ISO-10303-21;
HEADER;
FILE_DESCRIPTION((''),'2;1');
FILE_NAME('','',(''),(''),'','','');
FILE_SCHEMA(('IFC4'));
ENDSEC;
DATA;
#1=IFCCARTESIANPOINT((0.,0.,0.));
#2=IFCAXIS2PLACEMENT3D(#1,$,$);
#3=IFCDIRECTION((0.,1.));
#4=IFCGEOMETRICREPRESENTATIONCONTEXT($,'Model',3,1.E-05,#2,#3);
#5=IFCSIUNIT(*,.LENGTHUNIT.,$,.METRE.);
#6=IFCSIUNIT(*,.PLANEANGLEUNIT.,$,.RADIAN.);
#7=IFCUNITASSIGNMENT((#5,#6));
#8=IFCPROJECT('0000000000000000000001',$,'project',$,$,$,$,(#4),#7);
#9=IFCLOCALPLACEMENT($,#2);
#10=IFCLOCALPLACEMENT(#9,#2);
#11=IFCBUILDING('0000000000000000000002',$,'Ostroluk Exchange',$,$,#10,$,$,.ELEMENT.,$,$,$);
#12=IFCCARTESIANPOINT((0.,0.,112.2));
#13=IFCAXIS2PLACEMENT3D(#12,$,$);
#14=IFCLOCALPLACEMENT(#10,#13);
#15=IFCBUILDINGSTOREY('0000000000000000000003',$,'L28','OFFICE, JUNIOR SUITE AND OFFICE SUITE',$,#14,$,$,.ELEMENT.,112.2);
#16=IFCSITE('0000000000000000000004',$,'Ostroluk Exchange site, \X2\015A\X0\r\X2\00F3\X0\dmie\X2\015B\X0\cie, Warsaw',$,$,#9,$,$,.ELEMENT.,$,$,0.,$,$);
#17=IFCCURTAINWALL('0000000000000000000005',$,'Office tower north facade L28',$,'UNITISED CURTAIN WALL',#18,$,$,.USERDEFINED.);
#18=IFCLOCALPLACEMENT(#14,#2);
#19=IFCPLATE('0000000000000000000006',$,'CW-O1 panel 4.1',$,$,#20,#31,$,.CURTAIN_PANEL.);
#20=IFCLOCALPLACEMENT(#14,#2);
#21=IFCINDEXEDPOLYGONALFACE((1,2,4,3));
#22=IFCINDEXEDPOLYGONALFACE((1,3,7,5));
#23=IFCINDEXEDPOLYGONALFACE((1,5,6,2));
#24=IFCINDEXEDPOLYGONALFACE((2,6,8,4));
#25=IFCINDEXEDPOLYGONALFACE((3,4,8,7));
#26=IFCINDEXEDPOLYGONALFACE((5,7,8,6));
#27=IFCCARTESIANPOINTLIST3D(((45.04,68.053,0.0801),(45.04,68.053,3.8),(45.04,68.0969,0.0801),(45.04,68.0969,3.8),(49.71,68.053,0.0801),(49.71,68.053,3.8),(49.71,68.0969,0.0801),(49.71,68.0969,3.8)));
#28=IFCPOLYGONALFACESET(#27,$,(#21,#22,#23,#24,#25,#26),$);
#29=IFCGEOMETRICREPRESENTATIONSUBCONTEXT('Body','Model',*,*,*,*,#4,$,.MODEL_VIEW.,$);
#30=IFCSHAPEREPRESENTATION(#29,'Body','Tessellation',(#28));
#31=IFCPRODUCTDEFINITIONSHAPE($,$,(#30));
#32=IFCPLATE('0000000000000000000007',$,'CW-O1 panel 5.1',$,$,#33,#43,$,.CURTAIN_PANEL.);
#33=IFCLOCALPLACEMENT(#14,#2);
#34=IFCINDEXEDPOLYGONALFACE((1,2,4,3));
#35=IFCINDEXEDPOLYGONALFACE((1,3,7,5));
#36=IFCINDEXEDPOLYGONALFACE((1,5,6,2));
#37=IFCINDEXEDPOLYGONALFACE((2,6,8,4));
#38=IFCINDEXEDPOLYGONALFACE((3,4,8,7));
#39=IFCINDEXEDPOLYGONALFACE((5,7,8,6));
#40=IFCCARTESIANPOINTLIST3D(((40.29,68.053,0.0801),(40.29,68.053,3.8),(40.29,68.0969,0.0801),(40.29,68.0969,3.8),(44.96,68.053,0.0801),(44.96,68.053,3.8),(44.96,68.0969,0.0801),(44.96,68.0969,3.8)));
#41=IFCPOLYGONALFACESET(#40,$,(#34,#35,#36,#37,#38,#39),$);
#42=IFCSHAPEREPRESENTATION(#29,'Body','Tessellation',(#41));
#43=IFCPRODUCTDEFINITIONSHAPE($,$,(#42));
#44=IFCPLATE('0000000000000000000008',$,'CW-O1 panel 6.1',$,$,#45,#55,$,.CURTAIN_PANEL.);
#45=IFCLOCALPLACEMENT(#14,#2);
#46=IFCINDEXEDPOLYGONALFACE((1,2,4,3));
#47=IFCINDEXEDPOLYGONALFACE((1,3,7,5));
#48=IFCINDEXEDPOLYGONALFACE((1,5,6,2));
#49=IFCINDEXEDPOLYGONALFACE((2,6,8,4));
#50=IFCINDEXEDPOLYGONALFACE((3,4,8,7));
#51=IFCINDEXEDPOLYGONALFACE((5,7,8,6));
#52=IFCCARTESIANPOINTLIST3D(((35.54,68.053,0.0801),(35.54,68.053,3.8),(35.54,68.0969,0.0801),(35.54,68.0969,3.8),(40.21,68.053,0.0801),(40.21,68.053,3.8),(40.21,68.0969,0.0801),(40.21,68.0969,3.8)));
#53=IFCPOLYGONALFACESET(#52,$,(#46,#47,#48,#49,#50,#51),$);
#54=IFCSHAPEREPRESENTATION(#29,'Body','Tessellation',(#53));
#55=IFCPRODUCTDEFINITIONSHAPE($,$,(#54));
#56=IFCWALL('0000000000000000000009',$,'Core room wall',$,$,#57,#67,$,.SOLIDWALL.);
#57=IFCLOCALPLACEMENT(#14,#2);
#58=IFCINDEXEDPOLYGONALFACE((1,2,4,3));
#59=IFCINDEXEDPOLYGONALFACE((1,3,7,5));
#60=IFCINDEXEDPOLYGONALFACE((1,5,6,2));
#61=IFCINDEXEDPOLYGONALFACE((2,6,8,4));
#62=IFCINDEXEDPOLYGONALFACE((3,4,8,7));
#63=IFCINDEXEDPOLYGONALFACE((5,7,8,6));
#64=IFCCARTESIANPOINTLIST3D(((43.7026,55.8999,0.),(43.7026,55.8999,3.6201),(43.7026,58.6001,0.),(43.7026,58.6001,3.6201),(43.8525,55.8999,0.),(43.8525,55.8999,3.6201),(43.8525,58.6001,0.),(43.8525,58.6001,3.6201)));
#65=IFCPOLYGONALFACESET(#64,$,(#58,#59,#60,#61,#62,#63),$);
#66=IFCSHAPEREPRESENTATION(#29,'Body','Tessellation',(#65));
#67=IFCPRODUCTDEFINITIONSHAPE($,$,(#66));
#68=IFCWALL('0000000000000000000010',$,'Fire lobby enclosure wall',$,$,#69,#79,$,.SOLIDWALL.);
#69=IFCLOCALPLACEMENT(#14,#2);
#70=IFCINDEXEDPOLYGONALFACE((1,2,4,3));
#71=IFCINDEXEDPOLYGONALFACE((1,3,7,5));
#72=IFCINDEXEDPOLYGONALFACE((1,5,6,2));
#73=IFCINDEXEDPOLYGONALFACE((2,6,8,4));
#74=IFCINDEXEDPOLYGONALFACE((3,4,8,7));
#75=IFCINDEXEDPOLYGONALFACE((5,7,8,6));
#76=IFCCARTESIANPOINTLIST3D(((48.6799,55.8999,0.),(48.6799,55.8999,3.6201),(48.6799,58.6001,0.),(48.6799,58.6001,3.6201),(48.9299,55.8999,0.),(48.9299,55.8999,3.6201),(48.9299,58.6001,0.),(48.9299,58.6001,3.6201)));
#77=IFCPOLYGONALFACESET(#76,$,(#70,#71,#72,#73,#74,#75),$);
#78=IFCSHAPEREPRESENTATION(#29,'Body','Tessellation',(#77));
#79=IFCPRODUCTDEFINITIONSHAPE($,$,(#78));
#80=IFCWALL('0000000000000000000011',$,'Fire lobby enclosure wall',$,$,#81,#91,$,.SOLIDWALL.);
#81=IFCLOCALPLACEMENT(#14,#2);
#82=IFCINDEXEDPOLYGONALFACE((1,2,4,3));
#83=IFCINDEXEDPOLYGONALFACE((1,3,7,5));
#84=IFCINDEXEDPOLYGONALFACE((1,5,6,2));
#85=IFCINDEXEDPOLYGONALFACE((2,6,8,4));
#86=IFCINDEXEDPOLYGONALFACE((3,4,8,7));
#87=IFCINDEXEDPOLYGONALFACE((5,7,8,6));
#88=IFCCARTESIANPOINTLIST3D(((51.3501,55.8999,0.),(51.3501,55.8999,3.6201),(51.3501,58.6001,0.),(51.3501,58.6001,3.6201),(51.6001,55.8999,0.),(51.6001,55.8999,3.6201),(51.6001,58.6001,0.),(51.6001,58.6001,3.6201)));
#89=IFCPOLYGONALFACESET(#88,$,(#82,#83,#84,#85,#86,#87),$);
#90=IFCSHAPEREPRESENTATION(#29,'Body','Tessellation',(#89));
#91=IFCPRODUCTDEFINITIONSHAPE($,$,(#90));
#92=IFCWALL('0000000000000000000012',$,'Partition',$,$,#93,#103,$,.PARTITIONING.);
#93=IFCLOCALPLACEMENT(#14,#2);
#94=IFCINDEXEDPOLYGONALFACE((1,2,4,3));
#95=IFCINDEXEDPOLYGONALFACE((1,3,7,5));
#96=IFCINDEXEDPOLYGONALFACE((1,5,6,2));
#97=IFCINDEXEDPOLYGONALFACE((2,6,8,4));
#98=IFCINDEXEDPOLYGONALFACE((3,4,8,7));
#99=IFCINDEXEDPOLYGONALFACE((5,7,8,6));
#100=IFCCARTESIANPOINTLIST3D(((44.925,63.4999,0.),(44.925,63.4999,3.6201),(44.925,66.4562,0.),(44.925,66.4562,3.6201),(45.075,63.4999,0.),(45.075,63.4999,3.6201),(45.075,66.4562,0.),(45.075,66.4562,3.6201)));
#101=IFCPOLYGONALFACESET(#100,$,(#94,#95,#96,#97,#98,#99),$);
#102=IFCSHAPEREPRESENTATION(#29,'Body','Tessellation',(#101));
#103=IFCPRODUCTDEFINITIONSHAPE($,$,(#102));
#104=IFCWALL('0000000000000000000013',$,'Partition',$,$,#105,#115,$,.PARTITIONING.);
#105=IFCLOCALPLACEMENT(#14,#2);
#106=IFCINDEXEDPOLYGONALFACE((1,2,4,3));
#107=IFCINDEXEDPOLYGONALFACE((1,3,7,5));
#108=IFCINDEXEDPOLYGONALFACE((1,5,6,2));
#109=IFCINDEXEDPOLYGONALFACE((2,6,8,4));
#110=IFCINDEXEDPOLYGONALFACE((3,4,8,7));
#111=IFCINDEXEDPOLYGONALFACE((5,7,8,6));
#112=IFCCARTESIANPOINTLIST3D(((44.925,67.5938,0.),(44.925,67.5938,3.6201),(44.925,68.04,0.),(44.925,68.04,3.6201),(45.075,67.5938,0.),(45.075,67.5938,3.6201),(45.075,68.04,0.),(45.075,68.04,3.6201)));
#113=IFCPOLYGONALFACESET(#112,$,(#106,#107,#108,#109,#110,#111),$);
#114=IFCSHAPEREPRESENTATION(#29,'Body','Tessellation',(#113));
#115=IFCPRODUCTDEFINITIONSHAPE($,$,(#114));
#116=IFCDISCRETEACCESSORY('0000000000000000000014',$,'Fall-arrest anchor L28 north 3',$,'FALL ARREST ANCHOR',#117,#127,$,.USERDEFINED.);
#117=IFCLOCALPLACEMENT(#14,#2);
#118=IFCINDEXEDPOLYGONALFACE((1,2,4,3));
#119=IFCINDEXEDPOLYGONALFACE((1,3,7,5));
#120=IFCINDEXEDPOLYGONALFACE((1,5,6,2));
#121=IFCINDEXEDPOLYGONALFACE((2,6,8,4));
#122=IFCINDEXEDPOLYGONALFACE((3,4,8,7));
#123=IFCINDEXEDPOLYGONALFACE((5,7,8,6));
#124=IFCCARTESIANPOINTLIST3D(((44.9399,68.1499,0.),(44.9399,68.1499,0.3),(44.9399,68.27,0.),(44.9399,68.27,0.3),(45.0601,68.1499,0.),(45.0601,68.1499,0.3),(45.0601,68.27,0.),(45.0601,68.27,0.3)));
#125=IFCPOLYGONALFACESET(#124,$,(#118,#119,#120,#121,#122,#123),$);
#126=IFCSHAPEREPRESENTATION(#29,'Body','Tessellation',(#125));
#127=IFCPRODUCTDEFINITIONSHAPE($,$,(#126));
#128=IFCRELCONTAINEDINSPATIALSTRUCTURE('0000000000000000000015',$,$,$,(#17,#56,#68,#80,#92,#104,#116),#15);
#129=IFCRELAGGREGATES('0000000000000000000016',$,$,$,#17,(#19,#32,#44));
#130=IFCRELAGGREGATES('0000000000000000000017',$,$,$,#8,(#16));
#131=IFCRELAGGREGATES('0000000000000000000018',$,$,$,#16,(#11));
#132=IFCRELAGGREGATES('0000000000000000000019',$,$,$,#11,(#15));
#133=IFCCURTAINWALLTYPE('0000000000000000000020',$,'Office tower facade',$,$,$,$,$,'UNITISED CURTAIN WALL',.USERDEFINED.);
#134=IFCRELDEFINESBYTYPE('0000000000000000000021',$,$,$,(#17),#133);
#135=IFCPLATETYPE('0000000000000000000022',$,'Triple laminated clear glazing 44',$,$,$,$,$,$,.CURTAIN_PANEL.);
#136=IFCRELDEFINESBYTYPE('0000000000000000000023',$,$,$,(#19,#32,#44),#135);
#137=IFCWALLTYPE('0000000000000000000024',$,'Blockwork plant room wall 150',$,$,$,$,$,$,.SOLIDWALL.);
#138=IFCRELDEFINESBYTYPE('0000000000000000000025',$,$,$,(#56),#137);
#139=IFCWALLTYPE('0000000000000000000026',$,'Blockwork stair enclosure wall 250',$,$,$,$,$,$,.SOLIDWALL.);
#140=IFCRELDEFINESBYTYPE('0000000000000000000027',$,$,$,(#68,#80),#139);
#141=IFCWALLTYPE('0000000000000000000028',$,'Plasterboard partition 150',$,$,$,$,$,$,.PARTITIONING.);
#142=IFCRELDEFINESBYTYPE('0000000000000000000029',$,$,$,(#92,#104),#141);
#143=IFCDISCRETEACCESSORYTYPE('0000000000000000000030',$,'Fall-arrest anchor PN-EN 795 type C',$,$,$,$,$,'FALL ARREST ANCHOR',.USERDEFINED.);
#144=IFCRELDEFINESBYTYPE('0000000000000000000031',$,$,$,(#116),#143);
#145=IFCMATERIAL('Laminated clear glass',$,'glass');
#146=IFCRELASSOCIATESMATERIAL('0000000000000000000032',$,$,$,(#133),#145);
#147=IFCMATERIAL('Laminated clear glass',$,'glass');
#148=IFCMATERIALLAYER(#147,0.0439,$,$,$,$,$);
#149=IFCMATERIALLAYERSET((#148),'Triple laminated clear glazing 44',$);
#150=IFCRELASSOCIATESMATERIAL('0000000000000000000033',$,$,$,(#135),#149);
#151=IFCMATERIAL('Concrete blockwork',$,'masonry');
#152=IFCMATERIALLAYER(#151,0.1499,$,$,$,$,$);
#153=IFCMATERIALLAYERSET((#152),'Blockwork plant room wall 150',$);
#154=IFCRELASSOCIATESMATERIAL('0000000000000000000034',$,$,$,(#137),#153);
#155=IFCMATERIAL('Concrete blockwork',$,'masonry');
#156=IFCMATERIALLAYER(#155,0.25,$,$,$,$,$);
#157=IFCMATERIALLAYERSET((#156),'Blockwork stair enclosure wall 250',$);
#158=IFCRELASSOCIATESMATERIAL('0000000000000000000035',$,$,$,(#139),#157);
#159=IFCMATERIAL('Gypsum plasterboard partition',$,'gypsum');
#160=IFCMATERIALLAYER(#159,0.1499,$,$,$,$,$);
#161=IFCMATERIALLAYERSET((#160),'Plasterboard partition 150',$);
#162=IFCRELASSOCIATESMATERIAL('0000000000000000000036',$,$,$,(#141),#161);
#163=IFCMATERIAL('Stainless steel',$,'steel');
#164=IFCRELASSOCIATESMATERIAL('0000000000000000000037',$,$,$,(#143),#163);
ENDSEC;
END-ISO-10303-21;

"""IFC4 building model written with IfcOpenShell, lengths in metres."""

from ifc_helpers import new_model, si_unit, direction, frame, frame_2d, origin, origin_2d, place, context, subcontext, project, spatial, rectangle, extrude, material, layer, layer_set, type_object, element, aggregate, save


model = new_model("IFC4")

# Units and contexts
model_context = context("Model", 3, precision=1e-05, world=origin(), true_north=direction((0.0, 1.0)))
body_context = subcontext(model_context, "Body", "Model", "MODEL_VIEW")
ifc_project = project(units=[si_unit("LENGTHUNIT", "METRE"), si_unit("PLANEANGLEUNIT", "RADIAN")], contexts=[model_context])

# Site, building, storey
site_placement = place(None, origin())
site = spatial("IfcSite", under=ifc_project, at=site_placement, Name="Ostroluk Exchange site, Śródmieście, Warsaw", CompositionType="ELEMENT", RefElevation=0.0)
building_placement = place(site_placement, origin())
building = spatial("IfcBuilding", under=site, at=building_placement, Name="Ostroluk Exchange", CompositionType="ELEMENT")
storey_placement = place(building_placement, frame((0.0, 0.0, 112.2)))
storey = spatial("IfcBuildingStorey", under=building, at=storey_placement, Name="L28", Description="OFFICE, JUNIOR SUITE AND OFFICE SUITE", CompositionType="ELEMENT", Elevation=112.2)

# Curtain wall, plates
ifc_material_1 = material(Name="Laminated clear glass", Category="glass")
curtain_wall_type = type_object("IfcCurtainWallType", Name="Office tower facade", ElementType="UNITISED CURTAIN WALL", PredefinedType="USERDEFINED", material=ifc_material_1)
curtain_wall_placement = place(storey_placement, origin())
curtain_wall = element("IfcCurtainWall", 1, at=curtain_wall_placement, inside=storey, type_object=curtain_wall_type, Name="Office tower north facade L28", ObjectType="UNITISED CURTAIN WALL", PredefinedType="USERDEFINED")
ifc_material_2 = material(Name="Laminated clear glass", Category="glass")
ifc_layer_1 = layer(ifc_material_2, 0.0439)
ifc_layer_set_1 = layer_set([ifc_layer_1], Name="Triple laminated clear glazing 44")
plate_type = type_object("IfcPlateType", Name="Triple laminated clear glazing 44", PredefinedType="CURTAIN_PANEL", material=ifc_layer_set_1)
plate_1_placement = place(storey_placement, frame((47.375, 68.075, 0.0801), z_axis=(0.0, 0.0, 1.0), x_axis=(-1.0, 0.0, 0.0)))
plate_1 = element("IfcPlate", 2, at=plate_1_placement, type_object=plate_type, Name="CW-O1 panel 4.1", PredefinedType="CURTAIN_PANEL", context=body_context, shape_type="SweptSolid", body=[
    extrude(rectangle(XDim=4.6699, YDim=0.0439, at=origin_2d()), origin(), (0.0, 0.0, 1.0), 3.72),
])
plate_2_placement = place(storey_placement, frame((42.625, 68.075, 0.0801), z_axis=(0.0, 0.0, 1.0), x_axis=(-1.0, 0.0, 0.0)))
plate_2 = element("IfcPlate", 3, at=plate_2_placement, type_object=plate_type, Name="CW-O1 panel 5.1", PredefinedType="CURTAIN_PANEL", context=body_context, shape_type="SweptSolid", body=[
    extrude(rectangle(XDim=4.6699, YDim=0.0439, at=origin_2d()), origin(), (0.0, 0.0, 1.0), 3.72),
])
plate_3_placement = place(storey_placement, frame((37.875, 68.075, 0.0801), z_axis=(0.0, 0.0, 1.0), x_axis=(-1.0, 0.0, 0.0)))
plate_3 = element("IfcPlate", 4, at=plate_3_placement, type_object=plate_type, Name="CW-O1 panel 6.1", PredefinedType="CURTAIN_PANEL", context=body_context, shape_type="SweptSolid", body=[
    extrude(rectangle(XDim=4.6699, YDim=0.0439, at=origin_2d()), origin(), (0.0, 0.0, 1.0), 3.72),
])
aggregate(curtain_wall, [plate_1, plate_2, plate_3])

# Walls
ifc_material_3 = material(Name="Concrete blockwork", Category="masonry")
ifc_layer_2 = layer(ifc_material_3, 0.1499)
ifc_layer_set_2 = layer_set([ifc_layer_2], Name="Blockwork plant room wall 150")
wall_type_1 = type_object("IfcWallType", Name="Blockwork plant room wall 150", PredefinedType="SOLIDWALL", material=ifc_layer_set_2)
wall_1_placement = place(storey_placement, frame((43.7776, 55.8999, 0.0), z_axis=(0.0, 0.0, 1.0), x_axis=(0.0, 1.0, 0.0)))
element("IfcWall", 5, at=wall_1_placement, inside=storey, type_object=wall_type_1, Name="Core room wall", PredefinedType="SOLIDWALL", context=body_context, shape_type="SweptSolid", body=[
    extrude(rectangle(XDim=2.7002, YDim=0.1499, at=frame_2d((1.3501, 0.0))), origin(), (0.0, 0.0, 1.0), 3.6201),
])
ifc_material_4 = material(Name="Concrete blockwork", Category="masonry")
ifc_layer_3 = layer(ifc_material_4, 0.25)
ifc_layer_set_3 = layer_set([ifc_layer_3], Name="Blockwork stair enclosure wall 250")
wall_type_2 = type_object("IfcWallType", Name="Blockwork stair enclosure wall 250", PredefinedType="SOLIDWALL", material=ifc_layer_set_3)
for number, where, z_axis, x_axis, name in (
    (6, (48.8049, 55.8999, 0.0), (0.0, 0.0, 1.0), (0.0, 1.0, 0.0), "Fire lobby enclosure wall"),
    (7, (51.4751, 55.8999, 0.0), (0.0, 0.0, 1.0), (0.0, 1.0, 0.0), "Fire lobby enclosure wall"),
):
    element("IfcWall", number, at=place(storey_placement, frame(where, z_axis=z_axis, x_axis=x_axis)), inside=storey, type_object=wall_type_2, Name=name, PredefinedType="SOLIDWALL", context=body_context, shape_type="SweptSolid", body=[
        extrude(rectangle(XDim=2.7002, YDim=0.25, at=frame_2d((1.3501, 0.0))), origin(), (0.0, 0.0, 1.0), 3.6201),
    ])
ifc_material_5 = material(Name="Gypsum plasterboard partition", Category="gypsum")
ifc_layer_4 = layer(ifc_material_5, 0.1499)
ifc_layer_set_4 = layer_set([ifc_layer_4], Name="Plasterboard partition 150")
wall_type_3 = type_object("IfcWallType", Name="Plasterboard partition 150", PredefinedType="PARTITIONING", material=ifc_layer_set_4)
wall_2_placement = place(storey_placement, frame((45.0, 63.5, 0.0), z_axis=(0.0, 0.0, 1.0), x_axis=(0.0, 1.0, 0.0)))
element("IfcWall", 8, at=wall_2_placement, inside=storey, type_object=wall_type_3, Name="Partition", PredefinedType="PARTITIONING", context=body_context, shape_type="SweptSolid", body=[
    extrude(rectangle(XDim=2.9563, YDim=0.1499, at=frame_2d((1.478, 0.0))), origin(), (0.0, 0.0, 1.0), 3.6201),
])
wall_3_placement = place(storey_placement, frame((45.0, 67.5938, 0.0), z_axis=(0.0, 0.0, 1.0), x_axis=(0.0, 1.0, 0.0)))
element("IfcWall", 9, at=wall_3_placement, inside=storey, type_object=wall_type_3, Name="Partition", PredefinedType="PARTITIONING", context=body_context, shape_type="SweptSolid", body=[
    extrude(rectangle(XDim=0.4463, YDim=0.1499, at=frame_2d((0.2231, 0.0))), origin(), (0.0, 0.0, 1.0), 3.6201),
])

# Discrete accessory
ifc_material_6 = material(Name="Stainless steel", Category="steel")
discrete_accessory_type = type_object("IfcDiscreteAccessoryType", Name="Fall-arrest anchor PN-EN 795 type C", ElementType="FALL ARREST ANCHOR", PredefinedType="USERDEFINED", material=ifc_material_6)
discrete_accessory_placement = place(storey_placement, frame((45.0, 68.21, 0.0), z_axis=(0.0, 0.0, 1.0), x_axis=(1.0, 0.0, 0.0)))
element("IfcDiscreteAccessory", 10, at=discrete_accessory_placement, inside=storey, type_object=discrete_accessory_type, Name="Fall-arrest anchor L28 north 3", ObjectType="FALL ARREST ANCHOR", PredefinedType="USERDEFINED", context=body_context, shape_type="SweptSolid", body=[
    extrude(rectangle(XDim=0.1201, YDim=0.1201, at=origin_2d()), origin(), (0.0, 0.0, 1.0), 0.3),
])

save(model, "model.ifc")
